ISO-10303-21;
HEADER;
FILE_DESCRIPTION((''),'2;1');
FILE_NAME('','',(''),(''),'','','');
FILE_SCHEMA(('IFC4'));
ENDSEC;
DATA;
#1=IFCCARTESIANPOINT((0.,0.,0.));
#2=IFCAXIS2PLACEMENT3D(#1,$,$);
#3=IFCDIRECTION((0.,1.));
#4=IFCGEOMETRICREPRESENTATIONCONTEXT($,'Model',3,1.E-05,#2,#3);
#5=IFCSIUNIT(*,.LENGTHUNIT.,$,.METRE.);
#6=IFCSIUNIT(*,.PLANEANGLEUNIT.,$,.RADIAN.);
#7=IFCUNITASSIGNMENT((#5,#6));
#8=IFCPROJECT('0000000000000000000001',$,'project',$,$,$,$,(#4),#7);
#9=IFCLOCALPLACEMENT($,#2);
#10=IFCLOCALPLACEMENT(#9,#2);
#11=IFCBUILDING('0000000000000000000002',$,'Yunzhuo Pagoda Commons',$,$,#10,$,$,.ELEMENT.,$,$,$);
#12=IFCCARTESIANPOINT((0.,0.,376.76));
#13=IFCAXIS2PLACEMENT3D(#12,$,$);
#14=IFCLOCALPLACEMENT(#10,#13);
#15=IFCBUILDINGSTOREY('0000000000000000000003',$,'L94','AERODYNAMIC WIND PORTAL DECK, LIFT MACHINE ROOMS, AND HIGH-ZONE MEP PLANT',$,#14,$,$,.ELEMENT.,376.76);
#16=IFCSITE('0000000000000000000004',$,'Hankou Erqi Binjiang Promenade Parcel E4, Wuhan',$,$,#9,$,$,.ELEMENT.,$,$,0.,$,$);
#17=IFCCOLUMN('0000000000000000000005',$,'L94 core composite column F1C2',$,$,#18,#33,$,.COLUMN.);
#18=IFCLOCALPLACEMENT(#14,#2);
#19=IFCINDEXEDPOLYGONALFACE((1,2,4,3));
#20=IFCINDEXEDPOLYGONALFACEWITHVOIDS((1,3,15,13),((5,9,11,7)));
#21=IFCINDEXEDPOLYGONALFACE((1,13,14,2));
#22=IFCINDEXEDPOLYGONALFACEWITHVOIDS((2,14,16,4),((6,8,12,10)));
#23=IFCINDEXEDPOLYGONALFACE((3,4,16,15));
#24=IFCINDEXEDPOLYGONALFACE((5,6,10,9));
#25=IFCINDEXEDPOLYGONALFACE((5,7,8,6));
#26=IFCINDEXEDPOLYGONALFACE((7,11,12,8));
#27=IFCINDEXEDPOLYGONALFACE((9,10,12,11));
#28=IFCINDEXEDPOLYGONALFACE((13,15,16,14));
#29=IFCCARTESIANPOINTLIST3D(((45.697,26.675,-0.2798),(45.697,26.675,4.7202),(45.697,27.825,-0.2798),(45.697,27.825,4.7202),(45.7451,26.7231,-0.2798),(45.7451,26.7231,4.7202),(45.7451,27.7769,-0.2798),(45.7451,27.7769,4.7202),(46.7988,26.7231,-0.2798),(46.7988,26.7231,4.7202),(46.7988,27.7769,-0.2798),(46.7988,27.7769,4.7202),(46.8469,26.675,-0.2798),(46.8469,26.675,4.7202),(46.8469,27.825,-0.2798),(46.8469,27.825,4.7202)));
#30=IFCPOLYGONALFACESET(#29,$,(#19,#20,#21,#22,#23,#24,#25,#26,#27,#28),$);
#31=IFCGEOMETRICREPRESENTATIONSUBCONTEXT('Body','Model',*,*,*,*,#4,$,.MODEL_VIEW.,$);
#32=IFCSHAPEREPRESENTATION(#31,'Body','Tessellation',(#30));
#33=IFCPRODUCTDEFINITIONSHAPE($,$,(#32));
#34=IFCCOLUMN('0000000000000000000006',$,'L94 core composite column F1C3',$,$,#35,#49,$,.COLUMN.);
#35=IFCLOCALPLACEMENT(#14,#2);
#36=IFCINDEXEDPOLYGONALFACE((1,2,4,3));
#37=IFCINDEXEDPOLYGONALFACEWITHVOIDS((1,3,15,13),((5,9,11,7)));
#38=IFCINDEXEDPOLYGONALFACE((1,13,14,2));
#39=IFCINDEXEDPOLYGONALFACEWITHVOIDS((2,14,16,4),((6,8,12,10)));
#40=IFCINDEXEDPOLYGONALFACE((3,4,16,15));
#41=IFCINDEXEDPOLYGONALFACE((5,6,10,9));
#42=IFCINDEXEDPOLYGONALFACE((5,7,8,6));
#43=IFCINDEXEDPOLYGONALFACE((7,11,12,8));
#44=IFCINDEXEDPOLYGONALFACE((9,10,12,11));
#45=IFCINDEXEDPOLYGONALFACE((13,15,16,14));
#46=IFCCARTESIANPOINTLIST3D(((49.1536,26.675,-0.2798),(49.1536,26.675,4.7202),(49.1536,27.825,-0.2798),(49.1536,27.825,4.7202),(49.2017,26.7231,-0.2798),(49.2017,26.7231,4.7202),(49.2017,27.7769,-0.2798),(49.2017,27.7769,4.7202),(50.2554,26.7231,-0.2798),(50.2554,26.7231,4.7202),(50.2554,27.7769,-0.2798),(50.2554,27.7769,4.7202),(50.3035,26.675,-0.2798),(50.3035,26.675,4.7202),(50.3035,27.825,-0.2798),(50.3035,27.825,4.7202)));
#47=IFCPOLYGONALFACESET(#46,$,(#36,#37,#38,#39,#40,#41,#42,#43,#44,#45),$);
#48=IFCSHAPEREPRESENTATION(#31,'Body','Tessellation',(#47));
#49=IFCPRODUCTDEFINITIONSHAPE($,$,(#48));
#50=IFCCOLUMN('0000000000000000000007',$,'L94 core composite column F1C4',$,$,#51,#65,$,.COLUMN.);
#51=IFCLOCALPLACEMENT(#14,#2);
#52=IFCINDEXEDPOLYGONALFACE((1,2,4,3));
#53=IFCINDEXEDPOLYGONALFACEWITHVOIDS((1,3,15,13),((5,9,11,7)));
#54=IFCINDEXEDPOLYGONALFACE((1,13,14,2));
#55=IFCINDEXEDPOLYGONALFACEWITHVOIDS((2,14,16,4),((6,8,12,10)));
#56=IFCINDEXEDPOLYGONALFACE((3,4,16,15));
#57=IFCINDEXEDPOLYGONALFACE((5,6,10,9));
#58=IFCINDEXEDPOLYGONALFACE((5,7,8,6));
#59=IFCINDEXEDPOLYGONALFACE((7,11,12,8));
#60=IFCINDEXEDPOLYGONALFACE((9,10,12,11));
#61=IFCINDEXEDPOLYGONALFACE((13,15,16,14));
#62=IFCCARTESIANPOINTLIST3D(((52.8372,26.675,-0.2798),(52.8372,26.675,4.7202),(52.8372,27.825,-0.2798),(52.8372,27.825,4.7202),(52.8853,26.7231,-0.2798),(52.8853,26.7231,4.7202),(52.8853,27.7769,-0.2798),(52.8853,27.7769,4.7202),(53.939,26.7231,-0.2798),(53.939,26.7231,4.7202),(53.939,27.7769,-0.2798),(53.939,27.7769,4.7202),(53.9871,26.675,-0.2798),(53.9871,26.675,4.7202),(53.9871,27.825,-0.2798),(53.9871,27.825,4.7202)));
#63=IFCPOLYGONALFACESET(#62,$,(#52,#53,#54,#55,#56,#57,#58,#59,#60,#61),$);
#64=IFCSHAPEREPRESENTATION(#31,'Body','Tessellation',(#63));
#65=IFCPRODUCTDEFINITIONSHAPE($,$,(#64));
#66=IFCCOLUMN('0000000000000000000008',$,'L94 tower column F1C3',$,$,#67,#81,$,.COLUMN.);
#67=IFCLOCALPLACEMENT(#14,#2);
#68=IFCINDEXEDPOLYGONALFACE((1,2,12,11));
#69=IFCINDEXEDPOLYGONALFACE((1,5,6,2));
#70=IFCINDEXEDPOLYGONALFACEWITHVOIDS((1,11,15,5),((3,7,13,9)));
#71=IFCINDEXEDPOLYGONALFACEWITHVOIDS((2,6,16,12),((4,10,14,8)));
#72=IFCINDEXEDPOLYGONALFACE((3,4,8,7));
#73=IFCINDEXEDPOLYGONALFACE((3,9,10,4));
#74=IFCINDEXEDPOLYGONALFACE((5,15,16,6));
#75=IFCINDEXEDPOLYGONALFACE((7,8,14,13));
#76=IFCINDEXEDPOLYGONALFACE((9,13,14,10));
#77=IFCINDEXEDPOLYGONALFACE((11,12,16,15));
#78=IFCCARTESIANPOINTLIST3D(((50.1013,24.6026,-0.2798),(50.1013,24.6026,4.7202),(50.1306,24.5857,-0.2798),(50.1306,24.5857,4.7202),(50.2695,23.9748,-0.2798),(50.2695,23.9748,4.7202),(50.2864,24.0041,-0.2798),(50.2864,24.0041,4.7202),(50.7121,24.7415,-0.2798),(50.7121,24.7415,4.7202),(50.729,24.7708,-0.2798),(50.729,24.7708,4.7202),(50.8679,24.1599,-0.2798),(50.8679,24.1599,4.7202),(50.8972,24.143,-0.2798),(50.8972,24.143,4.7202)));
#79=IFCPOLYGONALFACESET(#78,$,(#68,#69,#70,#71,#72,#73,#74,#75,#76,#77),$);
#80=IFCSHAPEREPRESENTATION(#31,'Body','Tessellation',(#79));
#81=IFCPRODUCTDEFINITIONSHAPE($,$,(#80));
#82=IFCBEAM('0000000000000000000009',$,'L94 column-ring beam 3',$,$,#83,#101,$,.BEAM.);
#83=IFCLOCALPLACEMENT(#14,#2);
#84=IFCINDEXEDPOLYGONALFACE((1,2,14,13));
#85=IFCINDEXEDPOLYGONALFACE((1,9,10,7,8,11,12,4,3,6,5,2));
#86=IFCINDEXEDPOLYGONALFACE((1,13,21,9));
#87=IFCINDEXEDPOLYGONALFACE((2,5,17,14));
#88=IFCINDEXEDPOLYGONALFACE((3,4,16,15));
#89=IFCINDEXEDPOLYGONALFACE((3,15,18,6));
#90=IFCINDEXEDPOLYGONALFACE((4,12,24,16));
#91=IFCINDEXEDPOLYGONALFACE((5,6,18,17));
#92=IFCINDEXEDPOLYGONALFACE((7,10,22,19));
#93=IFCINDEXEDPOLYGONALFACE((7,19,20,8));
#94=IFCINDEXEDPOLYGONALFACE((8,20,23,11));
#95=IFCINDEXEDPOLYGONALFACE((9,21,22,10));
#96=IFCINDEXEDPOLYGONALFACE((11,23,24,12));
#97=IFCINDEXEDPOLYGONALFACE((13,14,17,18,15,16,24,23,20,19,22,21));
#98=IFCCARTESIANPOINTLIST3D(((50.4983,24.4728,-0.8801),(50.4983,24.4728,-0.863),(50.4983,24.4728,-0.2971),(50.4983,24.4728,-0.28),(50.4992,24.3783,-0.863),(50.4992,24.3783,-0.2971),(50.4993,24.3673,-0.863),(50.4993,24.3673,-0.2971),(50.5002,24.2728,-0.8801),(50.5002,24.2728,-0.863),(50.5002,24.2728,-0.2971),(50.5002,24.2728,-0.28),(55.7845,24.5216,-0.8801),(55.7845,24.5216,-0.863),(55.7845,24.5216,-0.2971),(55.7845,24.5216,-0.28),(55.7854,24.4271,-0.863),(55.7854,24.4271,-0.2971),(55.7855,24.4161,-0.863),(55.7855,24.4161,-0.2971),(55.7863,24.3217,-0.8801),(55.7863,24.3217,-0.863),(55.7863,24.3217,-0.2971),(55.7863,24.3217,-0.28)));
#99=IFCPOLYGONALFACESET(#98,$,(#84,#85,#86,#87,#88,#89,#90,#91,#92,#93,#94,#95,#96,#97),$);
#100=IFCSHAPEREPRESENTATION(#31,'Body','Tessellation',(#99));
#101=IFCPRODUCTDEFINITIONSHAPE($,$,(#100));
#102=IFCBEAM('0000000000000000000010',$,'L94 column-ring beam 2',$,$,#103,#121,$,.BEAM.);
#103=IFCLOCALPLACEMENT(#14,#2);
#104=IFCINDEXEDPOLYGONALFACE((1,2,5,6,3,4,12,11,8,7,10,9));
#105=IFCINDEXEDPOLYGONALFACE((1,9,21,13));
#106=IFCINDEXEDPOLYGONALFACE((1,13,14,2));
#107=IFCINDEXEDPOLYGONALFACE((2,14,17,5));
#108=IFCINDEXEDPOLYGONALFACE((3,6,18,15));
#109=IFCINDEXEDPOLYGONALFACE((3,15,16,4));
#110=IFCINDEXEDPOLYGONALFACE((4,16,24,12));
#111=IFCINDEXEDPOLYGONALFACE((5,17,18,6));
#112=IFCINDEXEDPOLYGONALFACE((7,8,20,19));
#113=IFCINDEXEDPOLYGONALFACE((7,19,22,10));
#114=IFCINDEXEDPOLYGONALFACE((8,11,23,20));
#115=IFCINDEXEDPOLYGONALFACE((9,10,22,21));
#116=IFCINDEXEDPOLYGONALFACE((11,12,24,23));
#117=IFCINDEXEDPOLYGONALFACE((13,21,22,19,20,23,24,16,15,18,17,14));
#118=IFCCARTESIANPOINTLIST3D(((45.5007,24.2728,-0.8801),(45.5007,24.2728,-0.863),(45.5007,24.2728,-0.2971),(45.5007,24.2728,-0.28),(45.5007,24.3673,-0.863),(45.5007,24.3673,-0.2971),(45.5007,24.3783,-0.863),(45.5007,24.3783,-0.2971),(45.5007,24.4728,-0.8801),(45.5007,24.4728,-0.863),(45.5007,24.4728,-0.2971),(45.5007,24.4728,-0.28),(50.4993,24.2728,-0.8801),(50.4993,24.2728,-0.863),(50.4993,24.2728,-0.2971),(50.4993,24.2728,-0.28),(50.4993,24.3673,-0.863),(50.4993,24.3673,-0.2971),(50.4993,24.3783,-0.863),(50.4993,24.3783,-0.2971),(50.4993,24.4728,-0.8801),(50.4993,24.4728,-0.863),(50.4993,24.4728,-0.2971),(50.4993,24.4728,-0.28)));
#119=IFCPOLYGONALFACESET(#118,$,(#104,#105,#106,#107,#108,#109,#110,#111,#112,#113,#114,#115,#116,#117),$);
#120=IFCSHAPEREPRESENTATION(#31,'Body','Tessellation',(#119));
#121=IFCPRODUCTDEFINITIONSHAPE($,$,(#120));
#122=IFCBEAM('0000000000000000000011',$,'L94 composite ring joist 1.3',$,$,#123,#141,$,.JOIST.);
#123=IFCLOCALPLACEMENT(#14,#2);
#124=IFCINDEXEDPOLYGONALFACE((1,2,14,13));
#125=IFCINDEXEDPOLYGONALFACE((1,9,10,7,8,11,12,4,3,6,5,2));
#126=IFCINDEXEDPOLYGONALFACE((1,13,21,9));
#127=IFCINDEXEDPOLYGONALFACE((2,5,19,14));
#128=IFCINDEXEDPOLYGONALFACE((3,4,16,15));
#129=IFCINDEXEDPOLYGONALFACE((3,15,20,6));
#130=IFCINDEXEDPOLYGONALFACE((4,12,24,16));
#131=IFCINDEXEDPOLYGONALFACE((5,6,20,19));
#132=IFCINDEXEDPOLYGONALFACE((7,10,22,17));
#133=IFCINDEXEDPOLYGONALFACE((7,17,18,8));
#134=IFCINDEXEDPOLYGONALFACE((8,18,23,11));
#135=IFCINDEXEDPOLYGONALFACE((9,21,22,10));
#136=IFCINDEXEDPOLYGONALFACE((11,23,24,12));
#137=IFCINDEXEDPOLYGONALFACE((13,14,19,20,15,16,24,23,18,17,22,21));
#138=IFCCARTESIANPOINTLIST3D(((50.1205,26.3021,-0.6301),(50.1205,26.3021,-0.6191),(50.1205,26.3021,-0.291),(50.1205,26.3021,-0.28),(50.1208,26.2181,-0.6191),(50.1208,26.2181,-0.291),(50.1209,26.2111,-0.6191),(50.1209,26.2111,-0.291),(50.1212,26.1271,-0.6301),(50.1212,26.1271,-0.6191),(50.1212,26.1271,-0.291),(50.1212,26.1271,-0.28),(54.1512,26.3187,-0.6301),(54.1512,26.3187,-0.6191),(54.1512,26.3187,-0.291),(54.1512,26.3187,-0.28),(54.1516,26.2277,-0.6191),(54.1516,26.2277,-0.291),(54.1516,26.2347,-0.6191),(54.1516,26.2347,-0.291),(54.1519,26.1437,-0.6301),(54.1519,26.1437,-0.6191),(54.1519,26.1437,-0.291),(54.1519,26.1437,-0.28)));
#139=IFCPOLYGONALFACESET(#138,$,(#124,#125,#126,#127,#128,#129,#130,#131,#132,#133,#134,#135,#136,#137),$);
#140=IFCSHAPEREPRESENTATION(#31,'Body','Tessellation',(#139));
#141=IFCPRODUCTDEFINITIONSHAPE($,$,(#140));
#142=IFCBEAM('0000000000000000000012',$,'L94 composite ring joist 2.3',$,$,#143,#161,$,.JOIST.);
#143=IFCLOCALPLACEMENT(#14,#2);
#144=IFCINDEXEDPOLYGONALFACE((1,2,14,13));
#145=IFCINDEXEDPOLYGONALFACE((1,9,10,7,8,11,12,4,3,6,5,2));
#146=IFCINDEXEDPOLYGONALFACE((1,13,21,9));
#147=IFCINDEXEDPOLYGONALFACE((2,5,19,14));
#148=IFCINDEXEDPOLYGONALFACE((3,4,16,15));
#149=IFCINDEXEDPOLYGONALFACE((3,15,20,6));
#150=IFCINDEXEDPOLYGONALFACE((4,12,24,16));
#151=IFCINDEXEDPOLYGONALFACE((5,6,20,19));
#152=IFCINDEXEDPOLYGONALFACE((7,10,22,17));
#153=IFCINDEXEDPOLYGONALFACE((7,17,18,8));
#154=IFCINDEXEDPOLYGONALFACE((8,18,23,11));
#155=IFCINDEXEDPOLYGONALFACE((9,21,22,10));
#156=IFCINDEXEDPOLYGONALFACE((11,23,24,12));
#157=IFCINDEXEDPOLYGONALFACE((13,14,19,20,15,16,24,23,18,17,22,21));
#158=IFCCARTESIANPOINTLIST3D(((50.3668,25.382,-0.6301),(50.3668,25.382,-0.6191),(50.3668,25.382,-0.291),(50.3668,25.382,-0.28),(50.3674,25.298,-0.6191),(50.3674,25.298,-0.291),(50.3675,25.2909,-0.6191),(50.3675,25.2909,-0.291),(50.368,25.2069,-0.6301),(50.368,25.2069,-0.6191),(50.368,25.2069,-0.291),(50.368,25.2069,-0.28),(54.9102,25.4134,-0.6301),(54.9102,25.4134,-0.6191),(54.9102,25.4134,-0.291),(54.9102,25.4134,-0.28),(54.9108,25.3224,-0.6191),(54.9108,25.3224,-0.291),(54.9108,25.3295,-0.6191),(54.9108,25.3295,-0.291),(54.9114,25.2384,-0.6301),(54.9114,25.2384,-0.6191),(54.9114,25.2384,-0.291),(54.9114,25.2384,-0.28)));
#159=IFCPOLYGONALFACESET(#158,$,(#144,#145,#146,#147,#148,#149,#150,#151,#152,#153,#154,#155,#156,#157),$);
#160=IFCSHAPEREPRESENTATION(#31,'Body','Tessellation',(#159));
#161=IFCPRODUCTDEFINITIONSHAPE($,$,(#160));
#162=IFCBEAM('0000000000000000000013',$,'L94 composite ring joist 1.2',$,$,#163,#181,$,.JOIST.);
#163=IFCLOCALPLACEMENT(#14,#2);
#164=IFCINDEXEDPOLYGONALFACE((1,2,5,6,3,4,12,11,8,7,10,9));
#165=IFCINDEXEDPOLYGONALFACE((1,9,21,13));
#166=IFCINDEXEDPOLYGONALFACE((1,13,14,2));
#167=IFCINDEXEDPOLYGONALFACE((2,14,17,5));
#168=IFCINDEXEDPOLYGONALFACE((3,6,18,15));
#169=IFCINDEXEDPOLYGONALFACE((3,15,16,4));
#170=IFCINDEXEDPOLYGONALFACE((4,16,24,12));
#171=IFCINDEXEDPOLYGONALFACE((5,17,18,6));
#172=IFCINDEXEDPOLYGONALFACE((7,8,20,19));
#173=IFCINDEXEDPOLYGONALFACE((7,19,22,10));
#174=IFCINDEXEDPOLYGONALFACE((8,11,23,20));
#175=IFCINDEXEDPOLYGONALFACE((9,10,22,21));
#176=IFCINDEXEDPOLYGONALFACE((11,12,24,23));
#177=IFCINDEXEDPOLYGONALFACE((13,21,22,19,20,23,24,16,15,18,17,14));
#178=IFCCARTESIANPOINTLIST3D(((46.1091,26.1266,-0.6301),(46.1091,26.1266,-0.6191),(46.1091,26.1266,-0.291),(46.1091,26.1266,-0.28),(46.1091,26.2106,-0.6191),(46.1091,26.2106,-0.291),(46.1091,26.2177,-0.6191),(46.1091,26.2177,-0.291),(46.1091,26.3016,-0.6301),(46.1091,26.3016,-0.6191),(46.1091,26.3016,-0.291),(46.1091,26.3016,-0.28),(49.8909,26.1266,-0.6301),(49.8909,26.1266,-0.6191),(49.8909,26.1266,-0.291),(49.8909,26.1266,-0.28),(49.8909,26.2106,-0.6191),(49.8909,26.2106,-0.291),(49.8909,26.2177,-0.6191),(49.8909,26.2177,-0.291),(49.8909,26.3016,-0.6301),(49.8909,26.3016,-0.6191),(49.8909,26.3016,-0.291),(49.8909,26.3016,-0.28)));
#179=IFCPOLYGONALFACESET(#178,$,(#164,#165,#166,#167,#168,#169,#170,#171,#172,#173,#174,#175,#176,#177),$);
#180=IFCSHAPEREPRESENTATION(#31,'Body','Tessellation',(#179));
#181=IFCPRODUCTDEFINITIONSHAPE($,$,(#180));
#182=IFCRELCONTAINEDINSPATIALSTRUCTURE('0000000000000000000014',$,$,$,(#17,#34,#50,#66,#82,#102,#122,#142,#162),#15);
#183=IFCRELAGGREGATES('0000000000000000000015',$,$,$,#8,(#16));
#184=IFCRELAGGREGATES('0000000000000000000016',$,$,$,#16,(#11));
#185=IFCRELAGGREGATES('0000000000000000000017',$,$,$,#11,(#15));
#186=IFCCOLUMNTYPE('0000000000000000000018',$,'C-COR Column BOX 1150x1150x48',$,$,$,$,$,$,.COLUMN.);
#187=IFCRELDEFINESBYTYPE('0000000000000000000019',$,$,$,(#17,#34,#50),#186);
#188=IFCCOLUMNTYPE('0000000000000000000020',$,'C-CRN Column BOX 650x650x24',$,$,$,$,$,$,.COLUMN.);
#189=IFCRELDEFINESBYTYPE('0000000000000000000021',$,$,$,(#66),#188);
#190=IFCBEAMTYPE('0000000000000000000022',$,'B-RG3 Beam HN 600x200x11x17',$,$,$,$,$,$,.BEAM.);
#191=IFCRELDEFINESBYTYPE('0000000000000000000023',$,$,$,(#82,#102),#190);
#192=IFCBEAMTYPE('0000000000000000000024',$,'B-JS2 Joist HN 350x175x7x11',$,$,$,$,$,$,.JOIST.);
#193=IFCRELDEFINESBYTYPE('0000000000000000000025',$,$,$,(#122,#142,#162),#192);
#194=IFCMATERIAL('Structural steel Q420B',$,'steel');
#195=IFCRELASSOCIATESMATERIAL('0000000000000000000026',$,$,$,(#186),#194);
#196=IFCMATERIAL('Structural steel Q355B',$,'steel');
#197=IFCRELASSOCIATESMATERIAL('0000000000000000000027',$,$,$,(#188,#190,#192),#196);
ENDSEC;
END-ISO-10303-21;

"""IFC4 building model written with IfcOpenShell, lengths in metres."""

from ifc_helpers import new_model, si_unit, direction, frame, origin, origin_2d, place, context, subcontext, project, spatial, hollow_rectangle, i_section, extrude, source, transform, mapped, material, material_profile, profile_set, type_object, element, save


model = new_model("IFC4")

# Units and contexts
model_context = context("Model", 3, precision=1e-05, world=origin(), true_north=direction((0.0, 1.0)))
body_context = subcontext(model_context, "Body", "Model", "MODEL_VIEW")
ifc_project = project(units=[si_unit("LENGTHUNIT", "METRE"), si_unit("PLANEANGLEUNIT", "RADIAN")], contexts=[model_context])

# Site, building, storey
site_placement = place(None, origin())
site = spatial("IfcSite", under=ifc_project, at=site_placement, Name="Hankou Erqi Binjiang Promenade Parcel E4, Wuhan", CompositionType="ELEMENT", RefElevation=0.0)
building_placement = place(site_placement, origin())
building = spatial("IfcBuilding", under=site, at=building_placement, Name="Yunzhuo Pagoda Commons", CompositionType="ELEMENT")
storey_placement = place(building_placement, frame((0.0, 0.0, 376.76)))
storey = spatial("IfcBuildingStorey", under=building, at=storey_placement, Name="L94", Description="AERODYNAMIC WIND PORTAL DECK, LIFT MACHINE ROOMS, AND HIGH-ZONE MEP PLANT", CompositionType="ELEMENT", Elevation=376.76)

# Columns
ifc_material_1 = material(Name="Structural steel Q420B", Category="steel")
ifc_material_profile_1 = material_profile(ifc_material_1, hollow_rectangle(XDim=1.1499, YDim=1.1499, WallThickness=0.0481, at=origin_2d()), Name="Structural steel Q420B")
ifc_profile_set_1 = profile_set([ifc_material_profile_1], Name="Structural steel Q420B")
column_type_1 = type_object("IfcColumnType", Name="C-COR Column BOX 1150x1150x48", PredefinedType="COLUMN", material=ifc_profile_set_1)
shared_shape_1 = source(origin(), body_context, "Body", "SweptSolid", [
    extrude(hollow_rectangle(XDim=1.1499, YDim=1.1499, WallThickness=0.0481, at=origin_2d()), origin(), (0.0, 0.0, 1.0), 5.0),
])
for number, where, z_axis, x_axis, name in (
    (1, (46.272, 27.25, -0.2798), (0.0, 0.0, 1.0), (1.0, 0.0, 0.0), "L94 core composite column F1C2"),
    (2, (49.7285, 27.25, -0.2798), (0.0, 0.0, 1.0), (1.0, 0.0, 0.0), "L94 core composite column F1C3"),
    (3, (53.4121, 27.25, -0.2798), (0.0, 0.0, 1.0), (1.0, 0.0, 0.0), "L94 core composite column F1C4"),
):
    element("IfcColumn", number, at=place(storey_placement, frame(where, z_axis=z_axis, x_axis=x_axis)), inside=storey, type_object=column_type_1, Name=name, PredefinedType="COLUMN", context=body_context, shape_type="MappedRepresentation", body=[
        mapped(shared_shape_1, transform((0.0, 0.0, 0.0), scale=1.0)),
    ])
ifc_material_2 = material(Name="Structural steel Q355B", Category="steel")
ifc_material_profile_2 = material_profile(ifc_material_2, hollow_rectangle(XDim=0.6499, YDim=0.6499, WallThickness=0.0239, at=origin_2d()), Name="Structural steel Q355B")
ifc_profile_set_2 = profile_set([ifc_material_profile_2], Name="Structural steel Q355B")
column_type_2 = type_object("IfcColumnType", Name="C-CRN Column BOX 650x650x24", PredefinedType="COLUMN", material=ifc_profile_set_2)
shared_shape_2 = source(origin(), body_context, "Body", "SweptSolid", [
    extrude(hollow_rectangle(XDim=0.6499, YDim=0.6499, WallThickness=0.0239, at=origin_2d()), origin(), (0.0, 0.0, 1.0), 5.0),
])
column_placement = place(storey_placement, frame((50.4993, 24.3728, -0.2798), z_axis=(0.0, 0.0, 1.0), x_axis=(0.965926, 0.258819, 0.0)))
element("IfcColumn", 4, at=column_placement, inside=storey, type_object=column_type_2, Name="L94 tower column F1C3", PredefinedType="COLUMN", context=body_context, shape_type="MappedRepresentation", body=[
    mapped(shared_shape_2, transform((0.0, 0.0, 0.0), scale=1.0)),
])

# Beams
ifc_material_profile_3 = material_profile(ifc_material_2, i_section(OverallWidth=0.2, OverallDepth=0.6001, WebThickness=0.011, FlangeThickness=0.0171, at=origin_2d()), Name="Structural steel Q355B")
ifc_profile_set_3 = profile_set([ifc_material_profile_3], Name="Structural steel Q355B")
beam_type_1 = type_object("IfcBeamType", Name="B-RG3 Beam HN 600x200x11x17", PredefinedType="BEAM", material=ifc_profile_set_3)
shared_shape_3 = source(origin(), body_context, "Body", "SweptSolid", [
    extrude(i_section(OverallWidth=0.2, OverallDepth=0.6001, WebThickness=0.011, FlangeThickness=0.0171, at=origin_2d()), origin(), (0.0, 0.0, 1.0), 5.2864),
])
beam_1_placement = place(storey_placement, frame((50.4993, 24.3728, -0.5801), z_axis=(0.999957, 0.009237, 0.0), x_axis=(-0.009237, 0.999957, 0.0)))
element("IfcBeam", 5, at=beam_1_placement, inside=storey, type_object=beam_type_1, Name="L94 column-ring beam 3", PredefinedType="BEAM", context=body_context, shape_type="MappedRepresentation", body=[
    mapped(shared_shape_3, transform((0.0, 0.0, 0.0), scale=1.0)),
])
shared_shape_4 = source(origin(), body_context, "Body", "SweptSolid", [
    extrude(i_section(OverallWidth=0.2, OverallDepth=0.6001, WebThickness=0.011, FlangeThickness=0.0171, at=origin_2d()), origin(), (0.0, 0.0, 1.0), 4.9985),
])
beam_2_placement = place(storey_placement, frame((45.5007, 24.3728, -0.5801), z_axis=(1.0, 0.0, 0.0), x_axis=(0.0, 1.0, 0.0)))
element("IfcBeam", 6, at=beam_2_placement, inside=storey, type_object=beam_type_1, Name="L94 column-ring beam 2", PredefinedType="BEAM", context=body_context, shape_type="MappedRepresentation", body=[
    mapped(shared_shape_4, transform((0.0, 0.0, 0.0), scale=1.0)),
])
ifc_material_profile_4 = material_profile(ifc_material_2, i_section(OverallWidth=0.175, OverallDepth=0.3501, WebThickness=0.0071, FlangeThickness=0.011, at=origin_2d()), Name="Structural steel Q355B")
ifc_profile_set_4 = profile_set([ifc_material_profile_4], Name="Structural steel Q355B")
beam_type_2 = type_object("IfcBeamType", Name="B-JS2 Joist HN 350x175x7x11", PredefinedType="JOIST", material=ifc_profile_set_4)
shared_shape_5 = source(origin(), body_context, "Body", "SweptSolid", [
    extrude(i_section(OverallWidth=0.175, OverallDepth=0.3501, WebThickness=0.0071, FlangeThickness=0.011, at=origin_2d()), origin(), (0.0, 0.0, 1.0), 4.0308),
])
beam_3_placement = place(storey_placement, frame((50.1208, 26.2146, -0.4551), z_axis=(0.999992, 0.004119, 0.0), x_axis=(-0.004119, 0.999992, 0.0)))
element("IfcBeam", 7, at=beam_3_placement, inside=storey, type_object=beam_type_2, Name="L94 composite ring joist 1.3", PredefinedType="JOIST", context=body_context, shape_type="MappedRepresentation", body=[
    mapped(shared_shape_5, transform((0.0, 0.0, 0.0), scale=1.0)),
])
shared_shape_6 = source(origin(), body_context, "Body", "SweptSolid", [
    extrude(i_section(OverallWidth=0.175, OverallDepth=0.3501, WebThickness=0.0071, FlangeThickness=0.011, at=origin_2d()), origin(), (0.0, 0.0, 1.0), 4.5435),
])
beam_4_placement = place(storey_placement, frame((50.3674, 25.2944, -0.4551), z_axis=(0.999976, 0.006932, 0.0), x_axis=(-0.006932, 0.999976, 0.0)))
element("IfcBeam", 8, at=beam_4_placement, inside=storey, type_object=beam_type_2, Name="L94 composite ring joist 2.3", PredefinedType="JOIST", context=body_context, shape_type="MappedRepresentation", body=[
    mapped(shared_shape_6, transform((0.0, 0.0, 0.0), scale=1.0)),
])
shared_shape_7 = source(origin(), body_context, "Body", "SweptSolid", [
    extrude(i_section(OverallWidth=0.175, OverallDepth=0.3501, WebThickness=0.0071, FlangeThickness=0.011, at=origin_2d()), origin(), (0.0, 0.0, 1.0), 3.7817),
])
beam_5_placement = place(storey_placement, frame((46.1091, 26.2141, -0.4551), z_axis=(1.0, 0.0, 0.0), x_axis=(0.0, 1.0, 0.0)))
element("IfcBeam", 9, at=beam_5_placement, inside=storey, type_object=beam_type_2, Name="L94 composite ring joist 1.2", PredefinedType="JOIST", context=body_context, shape_type="MappedRepresentation", body=[
    mapped(shared_shape_7, transform((0.0, 0.0, 0.0), scale=1.0)),
])

save(model, "model.ifc")
